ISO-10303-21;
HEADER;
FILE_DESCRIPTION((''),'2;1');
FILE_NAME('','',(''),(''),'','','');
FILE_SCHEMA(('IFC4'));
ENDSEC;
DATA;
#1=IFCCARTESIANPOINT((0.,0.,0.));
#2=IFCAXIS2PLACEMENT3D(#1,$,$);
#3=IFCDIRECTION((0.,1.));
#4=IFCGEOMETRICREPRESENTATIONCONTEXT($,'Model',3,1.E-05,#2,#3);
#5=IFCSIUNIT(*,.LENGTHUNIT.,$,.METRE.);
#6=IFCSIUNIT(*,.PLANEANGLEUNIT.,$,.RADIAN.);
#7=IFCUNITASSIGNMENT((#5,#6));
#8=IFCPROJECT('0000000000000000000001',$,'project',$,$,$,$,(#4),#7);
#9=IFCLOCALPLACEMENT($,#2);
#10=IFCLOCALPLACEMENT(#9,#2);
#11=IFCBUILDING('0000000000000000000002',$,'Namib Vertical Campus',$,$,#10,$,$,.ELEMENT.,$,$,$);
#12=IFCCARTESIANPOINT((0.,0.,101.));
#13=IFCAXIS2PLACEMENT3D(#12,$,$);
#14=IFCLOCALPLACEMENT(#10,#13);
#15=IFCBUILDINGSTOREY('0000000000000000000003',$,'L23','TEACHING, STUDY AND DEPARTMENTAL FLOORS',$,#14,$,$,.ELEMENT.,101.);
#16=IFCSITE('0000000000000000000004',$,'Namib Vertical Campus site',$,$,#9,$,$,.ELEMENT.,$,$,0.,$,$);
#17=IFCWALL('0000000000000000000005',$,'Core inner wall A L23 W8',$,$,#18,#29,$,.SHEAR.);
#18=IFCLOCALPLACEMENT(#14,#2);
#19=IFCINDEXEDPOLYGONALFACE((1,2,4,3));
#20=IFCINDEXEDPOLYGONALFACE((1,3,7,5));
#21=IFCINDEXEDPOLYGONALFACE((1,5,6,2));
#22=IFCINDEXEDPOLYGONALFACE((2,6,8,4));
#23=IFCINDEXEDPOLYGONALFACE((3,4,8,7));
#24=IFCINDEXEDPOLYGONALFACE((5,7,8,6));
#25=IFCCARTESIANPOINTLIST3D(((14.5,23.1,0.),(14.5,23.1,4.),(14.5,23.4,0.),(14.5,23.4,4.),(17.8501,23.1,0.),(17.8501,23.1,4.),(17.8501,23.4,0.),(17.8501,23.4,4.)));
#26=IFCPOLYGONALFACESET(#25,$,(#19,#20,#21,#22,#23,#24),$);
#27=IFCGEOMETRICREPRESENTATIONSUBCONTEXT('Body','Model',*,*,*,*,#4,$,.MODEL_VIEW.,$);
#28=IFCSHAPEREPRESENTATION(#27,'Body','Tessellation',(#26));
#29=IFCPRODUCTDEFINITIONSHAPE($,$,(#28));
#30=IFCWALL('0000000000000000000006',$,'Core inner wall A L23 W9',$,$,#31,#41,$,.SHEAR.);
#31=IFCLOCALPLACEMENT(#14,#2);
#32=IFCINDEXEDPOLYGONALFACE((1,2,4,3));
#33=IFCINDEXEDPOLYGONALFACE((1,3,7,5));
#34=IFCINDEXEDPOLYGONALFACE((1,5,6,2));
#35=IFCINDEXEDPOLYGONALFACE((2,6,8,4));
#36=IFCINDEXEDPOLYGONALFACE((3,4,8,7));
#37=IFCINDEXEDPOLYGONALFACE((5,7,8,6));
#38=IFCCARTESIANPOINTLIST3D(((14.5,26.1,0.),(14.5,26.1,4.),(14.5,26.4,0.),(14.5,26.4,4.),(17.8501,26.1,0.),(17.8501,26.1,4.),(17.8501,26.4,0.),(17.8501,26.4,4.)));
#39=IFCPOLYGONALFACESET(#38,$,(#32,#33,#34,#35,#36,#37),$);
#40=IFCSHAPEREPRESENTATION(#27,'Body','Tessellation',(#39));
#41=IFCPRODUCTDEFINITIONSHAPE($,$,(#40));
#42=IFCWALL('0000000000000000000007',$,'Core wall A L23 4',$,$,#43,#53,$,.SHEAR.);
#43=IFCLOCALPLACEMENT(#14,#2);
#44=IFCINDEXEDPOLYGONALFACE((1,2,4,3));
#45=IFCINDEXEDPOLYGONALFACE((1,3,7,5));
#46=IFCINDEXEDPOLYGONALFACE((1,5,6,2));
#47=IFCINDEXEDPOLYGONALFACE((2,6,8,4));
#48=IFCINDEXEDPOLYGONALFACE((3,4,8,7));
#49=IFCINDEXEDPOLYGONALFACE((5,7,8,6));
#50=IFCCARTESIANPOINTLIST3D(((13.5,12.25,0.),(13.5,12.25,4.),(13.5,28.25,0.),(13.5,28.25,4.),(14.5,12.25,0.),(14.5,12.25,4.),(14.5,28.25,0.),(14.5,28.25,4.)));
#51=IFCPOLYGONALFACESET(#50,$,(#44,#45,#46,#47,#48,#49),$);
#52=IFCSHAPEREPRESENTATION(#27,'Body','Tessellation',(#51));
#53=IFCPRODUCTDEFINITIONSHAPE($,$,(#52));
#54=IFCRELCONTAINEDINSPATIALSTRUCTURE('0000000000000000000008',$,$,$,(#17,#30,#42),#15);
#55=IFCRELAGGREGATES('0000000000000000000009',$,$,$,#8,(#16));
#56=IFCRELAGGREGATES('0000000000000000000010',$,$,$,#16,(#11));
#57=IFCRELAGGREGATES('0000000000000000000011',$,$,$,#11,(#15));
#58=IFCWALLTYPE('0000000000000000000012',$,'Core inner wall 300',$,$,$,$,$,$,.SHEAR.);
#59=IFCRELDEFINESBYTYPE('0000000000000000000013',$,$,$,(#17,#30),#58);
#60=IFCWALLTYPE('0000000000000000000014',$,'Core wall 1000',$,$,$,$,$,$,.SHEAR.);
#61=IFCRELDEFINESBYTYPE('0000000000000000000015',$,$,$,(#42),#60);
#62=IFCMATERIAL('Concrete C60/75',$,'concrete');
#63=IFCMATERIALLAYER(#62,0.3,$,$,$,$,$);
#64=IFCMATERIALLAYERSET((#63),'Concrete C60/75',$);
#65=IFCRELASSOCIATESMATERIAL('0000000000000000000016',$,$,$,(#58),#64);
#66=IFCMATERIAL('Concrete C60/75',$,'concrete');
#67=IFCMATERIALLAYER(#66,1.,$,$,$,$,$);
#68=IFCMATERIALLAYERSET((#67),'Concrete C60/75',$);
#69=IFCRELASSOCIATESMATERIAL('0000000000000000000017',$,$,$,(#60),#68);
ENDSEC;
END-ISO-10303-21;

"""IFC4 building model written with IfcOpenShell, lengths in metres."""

from ifc_helpers import new_model, si_unit, direction, frame, frame_2d, origin, place, context, subcontext, project, spatial, rectangle, extrude, material, layer, layer_set, type_object, element, save


model = new_model("IFC4")

# Units and contexts
model_context = context("Model", 3, precision=1e-05, world=origin(), true_north=direction((0.0, 1.0)))
body_context = subcontext(model_context, "Body", "Model", "MODEL_VIEW")
ifc_project = project(units=[si_unit("LENGTHUNIT", "METRE"), si_unit("PLANEANGLEUNIT", "RADIAN")], contexts=[model_context])

# Site, building, storey
site_placement = place(None, origin())
site = spatial("IfcSite", under=ifc_project, at=site_placement, Name="Namib Vertical Campus site", CompositionType="ELEMENT", RefElevation=0.0)
building_placement = place(site_placement, origin())
building = spatial("IfcBuilding", under=site, at=building_placement, Name="Namib Vertical Campus", CompositionType="ELEMENT")
storey_placement = place(building_placement, frame((0.0, 0.0, 101.0)))
storey = spatial("IfcBuildingStorey", under=building, at=storey_placement, Name="L23", Description="TEACHING, STUDY AND DEPARTMENTAL FLOORS", CompositionType="ELEMENT", Elevation=101.0)

# Walls
ifc_material_1 = material(Name="Concrete C60/75", Category="concrete")
ifc_layer_1 = layer(ifc_material_1, 0.3)
ifc_layer_set_1 = layer_set([ifc_layer_1], Name="Concrete C60/75")
wall_type_1 = type_object("IfcWallType", Name="Core inner wall 300", PredefinedType="SHEAR", material=ifc_layer_set_1)
for number, where, z_axis, x_axis, name in (
    (1, (14.5, 23.25, 0.0), (0.0, 0.0, 1.0), (1.0, 0.0, 0.0), "Core inner wall A L23 W8"),
    (2, (14.5, 26.25, 0.0), (0.0, 0.0, 1.0), (1.0, 0.0, 0.0), "Core inner wall A L23 W9"),
):
    element("IfcWall", number, at=place(storey_placement, frame(where, z_axis=z_axis, x_axis=x_axis)), inside=storey, type_object=wall_type_1, Name=name, PredefinedType="SHEAR", context=body_context, shape_type="SweptSolid", body=[
        extrude(rectangle(XDim=3.3501, YDim=0.3, at=frame_2d((1.675, 0.0))), origin(), (0.0, 0.0, 1.0), 4.0),
    ])
ifc_material_2 = material(Name="Concrete C60/75", Category="concrete")
ifc_layer_2 = layer(ifc_material_2, 1.0)
ifc_layer_set_2 = layer_set([ifc_layer_2], Name="Concrete C60/75")
wall_type_2 = type_object("IfcWallType", Name="Core wall 1000", PredefinedType="SHEAR", material=ifc_layer_set_2)
wall_1_placement = place(storey_placement, frame((14.0, 28.25, 0.0), z_axis=(0.0, 0.0, 1.0), x_axis=(0.0, -1.0, 0.0)))
element("IfcWall", 3, at=wall_1_placement, inside=storey, type_object=wall_type_2, Name="Core wall A L23 4", PredefinedType="SHEAR", context=body_context, shape_type="SweptSolid", body=[
    extrude(rectangle(XDim=16.0, YDim=1.0, at=frame_2d((8.0, 0.0))), origin(), (0.0, 0.0, 1.0), 4.0),
])

save(model, "model.ifc")
